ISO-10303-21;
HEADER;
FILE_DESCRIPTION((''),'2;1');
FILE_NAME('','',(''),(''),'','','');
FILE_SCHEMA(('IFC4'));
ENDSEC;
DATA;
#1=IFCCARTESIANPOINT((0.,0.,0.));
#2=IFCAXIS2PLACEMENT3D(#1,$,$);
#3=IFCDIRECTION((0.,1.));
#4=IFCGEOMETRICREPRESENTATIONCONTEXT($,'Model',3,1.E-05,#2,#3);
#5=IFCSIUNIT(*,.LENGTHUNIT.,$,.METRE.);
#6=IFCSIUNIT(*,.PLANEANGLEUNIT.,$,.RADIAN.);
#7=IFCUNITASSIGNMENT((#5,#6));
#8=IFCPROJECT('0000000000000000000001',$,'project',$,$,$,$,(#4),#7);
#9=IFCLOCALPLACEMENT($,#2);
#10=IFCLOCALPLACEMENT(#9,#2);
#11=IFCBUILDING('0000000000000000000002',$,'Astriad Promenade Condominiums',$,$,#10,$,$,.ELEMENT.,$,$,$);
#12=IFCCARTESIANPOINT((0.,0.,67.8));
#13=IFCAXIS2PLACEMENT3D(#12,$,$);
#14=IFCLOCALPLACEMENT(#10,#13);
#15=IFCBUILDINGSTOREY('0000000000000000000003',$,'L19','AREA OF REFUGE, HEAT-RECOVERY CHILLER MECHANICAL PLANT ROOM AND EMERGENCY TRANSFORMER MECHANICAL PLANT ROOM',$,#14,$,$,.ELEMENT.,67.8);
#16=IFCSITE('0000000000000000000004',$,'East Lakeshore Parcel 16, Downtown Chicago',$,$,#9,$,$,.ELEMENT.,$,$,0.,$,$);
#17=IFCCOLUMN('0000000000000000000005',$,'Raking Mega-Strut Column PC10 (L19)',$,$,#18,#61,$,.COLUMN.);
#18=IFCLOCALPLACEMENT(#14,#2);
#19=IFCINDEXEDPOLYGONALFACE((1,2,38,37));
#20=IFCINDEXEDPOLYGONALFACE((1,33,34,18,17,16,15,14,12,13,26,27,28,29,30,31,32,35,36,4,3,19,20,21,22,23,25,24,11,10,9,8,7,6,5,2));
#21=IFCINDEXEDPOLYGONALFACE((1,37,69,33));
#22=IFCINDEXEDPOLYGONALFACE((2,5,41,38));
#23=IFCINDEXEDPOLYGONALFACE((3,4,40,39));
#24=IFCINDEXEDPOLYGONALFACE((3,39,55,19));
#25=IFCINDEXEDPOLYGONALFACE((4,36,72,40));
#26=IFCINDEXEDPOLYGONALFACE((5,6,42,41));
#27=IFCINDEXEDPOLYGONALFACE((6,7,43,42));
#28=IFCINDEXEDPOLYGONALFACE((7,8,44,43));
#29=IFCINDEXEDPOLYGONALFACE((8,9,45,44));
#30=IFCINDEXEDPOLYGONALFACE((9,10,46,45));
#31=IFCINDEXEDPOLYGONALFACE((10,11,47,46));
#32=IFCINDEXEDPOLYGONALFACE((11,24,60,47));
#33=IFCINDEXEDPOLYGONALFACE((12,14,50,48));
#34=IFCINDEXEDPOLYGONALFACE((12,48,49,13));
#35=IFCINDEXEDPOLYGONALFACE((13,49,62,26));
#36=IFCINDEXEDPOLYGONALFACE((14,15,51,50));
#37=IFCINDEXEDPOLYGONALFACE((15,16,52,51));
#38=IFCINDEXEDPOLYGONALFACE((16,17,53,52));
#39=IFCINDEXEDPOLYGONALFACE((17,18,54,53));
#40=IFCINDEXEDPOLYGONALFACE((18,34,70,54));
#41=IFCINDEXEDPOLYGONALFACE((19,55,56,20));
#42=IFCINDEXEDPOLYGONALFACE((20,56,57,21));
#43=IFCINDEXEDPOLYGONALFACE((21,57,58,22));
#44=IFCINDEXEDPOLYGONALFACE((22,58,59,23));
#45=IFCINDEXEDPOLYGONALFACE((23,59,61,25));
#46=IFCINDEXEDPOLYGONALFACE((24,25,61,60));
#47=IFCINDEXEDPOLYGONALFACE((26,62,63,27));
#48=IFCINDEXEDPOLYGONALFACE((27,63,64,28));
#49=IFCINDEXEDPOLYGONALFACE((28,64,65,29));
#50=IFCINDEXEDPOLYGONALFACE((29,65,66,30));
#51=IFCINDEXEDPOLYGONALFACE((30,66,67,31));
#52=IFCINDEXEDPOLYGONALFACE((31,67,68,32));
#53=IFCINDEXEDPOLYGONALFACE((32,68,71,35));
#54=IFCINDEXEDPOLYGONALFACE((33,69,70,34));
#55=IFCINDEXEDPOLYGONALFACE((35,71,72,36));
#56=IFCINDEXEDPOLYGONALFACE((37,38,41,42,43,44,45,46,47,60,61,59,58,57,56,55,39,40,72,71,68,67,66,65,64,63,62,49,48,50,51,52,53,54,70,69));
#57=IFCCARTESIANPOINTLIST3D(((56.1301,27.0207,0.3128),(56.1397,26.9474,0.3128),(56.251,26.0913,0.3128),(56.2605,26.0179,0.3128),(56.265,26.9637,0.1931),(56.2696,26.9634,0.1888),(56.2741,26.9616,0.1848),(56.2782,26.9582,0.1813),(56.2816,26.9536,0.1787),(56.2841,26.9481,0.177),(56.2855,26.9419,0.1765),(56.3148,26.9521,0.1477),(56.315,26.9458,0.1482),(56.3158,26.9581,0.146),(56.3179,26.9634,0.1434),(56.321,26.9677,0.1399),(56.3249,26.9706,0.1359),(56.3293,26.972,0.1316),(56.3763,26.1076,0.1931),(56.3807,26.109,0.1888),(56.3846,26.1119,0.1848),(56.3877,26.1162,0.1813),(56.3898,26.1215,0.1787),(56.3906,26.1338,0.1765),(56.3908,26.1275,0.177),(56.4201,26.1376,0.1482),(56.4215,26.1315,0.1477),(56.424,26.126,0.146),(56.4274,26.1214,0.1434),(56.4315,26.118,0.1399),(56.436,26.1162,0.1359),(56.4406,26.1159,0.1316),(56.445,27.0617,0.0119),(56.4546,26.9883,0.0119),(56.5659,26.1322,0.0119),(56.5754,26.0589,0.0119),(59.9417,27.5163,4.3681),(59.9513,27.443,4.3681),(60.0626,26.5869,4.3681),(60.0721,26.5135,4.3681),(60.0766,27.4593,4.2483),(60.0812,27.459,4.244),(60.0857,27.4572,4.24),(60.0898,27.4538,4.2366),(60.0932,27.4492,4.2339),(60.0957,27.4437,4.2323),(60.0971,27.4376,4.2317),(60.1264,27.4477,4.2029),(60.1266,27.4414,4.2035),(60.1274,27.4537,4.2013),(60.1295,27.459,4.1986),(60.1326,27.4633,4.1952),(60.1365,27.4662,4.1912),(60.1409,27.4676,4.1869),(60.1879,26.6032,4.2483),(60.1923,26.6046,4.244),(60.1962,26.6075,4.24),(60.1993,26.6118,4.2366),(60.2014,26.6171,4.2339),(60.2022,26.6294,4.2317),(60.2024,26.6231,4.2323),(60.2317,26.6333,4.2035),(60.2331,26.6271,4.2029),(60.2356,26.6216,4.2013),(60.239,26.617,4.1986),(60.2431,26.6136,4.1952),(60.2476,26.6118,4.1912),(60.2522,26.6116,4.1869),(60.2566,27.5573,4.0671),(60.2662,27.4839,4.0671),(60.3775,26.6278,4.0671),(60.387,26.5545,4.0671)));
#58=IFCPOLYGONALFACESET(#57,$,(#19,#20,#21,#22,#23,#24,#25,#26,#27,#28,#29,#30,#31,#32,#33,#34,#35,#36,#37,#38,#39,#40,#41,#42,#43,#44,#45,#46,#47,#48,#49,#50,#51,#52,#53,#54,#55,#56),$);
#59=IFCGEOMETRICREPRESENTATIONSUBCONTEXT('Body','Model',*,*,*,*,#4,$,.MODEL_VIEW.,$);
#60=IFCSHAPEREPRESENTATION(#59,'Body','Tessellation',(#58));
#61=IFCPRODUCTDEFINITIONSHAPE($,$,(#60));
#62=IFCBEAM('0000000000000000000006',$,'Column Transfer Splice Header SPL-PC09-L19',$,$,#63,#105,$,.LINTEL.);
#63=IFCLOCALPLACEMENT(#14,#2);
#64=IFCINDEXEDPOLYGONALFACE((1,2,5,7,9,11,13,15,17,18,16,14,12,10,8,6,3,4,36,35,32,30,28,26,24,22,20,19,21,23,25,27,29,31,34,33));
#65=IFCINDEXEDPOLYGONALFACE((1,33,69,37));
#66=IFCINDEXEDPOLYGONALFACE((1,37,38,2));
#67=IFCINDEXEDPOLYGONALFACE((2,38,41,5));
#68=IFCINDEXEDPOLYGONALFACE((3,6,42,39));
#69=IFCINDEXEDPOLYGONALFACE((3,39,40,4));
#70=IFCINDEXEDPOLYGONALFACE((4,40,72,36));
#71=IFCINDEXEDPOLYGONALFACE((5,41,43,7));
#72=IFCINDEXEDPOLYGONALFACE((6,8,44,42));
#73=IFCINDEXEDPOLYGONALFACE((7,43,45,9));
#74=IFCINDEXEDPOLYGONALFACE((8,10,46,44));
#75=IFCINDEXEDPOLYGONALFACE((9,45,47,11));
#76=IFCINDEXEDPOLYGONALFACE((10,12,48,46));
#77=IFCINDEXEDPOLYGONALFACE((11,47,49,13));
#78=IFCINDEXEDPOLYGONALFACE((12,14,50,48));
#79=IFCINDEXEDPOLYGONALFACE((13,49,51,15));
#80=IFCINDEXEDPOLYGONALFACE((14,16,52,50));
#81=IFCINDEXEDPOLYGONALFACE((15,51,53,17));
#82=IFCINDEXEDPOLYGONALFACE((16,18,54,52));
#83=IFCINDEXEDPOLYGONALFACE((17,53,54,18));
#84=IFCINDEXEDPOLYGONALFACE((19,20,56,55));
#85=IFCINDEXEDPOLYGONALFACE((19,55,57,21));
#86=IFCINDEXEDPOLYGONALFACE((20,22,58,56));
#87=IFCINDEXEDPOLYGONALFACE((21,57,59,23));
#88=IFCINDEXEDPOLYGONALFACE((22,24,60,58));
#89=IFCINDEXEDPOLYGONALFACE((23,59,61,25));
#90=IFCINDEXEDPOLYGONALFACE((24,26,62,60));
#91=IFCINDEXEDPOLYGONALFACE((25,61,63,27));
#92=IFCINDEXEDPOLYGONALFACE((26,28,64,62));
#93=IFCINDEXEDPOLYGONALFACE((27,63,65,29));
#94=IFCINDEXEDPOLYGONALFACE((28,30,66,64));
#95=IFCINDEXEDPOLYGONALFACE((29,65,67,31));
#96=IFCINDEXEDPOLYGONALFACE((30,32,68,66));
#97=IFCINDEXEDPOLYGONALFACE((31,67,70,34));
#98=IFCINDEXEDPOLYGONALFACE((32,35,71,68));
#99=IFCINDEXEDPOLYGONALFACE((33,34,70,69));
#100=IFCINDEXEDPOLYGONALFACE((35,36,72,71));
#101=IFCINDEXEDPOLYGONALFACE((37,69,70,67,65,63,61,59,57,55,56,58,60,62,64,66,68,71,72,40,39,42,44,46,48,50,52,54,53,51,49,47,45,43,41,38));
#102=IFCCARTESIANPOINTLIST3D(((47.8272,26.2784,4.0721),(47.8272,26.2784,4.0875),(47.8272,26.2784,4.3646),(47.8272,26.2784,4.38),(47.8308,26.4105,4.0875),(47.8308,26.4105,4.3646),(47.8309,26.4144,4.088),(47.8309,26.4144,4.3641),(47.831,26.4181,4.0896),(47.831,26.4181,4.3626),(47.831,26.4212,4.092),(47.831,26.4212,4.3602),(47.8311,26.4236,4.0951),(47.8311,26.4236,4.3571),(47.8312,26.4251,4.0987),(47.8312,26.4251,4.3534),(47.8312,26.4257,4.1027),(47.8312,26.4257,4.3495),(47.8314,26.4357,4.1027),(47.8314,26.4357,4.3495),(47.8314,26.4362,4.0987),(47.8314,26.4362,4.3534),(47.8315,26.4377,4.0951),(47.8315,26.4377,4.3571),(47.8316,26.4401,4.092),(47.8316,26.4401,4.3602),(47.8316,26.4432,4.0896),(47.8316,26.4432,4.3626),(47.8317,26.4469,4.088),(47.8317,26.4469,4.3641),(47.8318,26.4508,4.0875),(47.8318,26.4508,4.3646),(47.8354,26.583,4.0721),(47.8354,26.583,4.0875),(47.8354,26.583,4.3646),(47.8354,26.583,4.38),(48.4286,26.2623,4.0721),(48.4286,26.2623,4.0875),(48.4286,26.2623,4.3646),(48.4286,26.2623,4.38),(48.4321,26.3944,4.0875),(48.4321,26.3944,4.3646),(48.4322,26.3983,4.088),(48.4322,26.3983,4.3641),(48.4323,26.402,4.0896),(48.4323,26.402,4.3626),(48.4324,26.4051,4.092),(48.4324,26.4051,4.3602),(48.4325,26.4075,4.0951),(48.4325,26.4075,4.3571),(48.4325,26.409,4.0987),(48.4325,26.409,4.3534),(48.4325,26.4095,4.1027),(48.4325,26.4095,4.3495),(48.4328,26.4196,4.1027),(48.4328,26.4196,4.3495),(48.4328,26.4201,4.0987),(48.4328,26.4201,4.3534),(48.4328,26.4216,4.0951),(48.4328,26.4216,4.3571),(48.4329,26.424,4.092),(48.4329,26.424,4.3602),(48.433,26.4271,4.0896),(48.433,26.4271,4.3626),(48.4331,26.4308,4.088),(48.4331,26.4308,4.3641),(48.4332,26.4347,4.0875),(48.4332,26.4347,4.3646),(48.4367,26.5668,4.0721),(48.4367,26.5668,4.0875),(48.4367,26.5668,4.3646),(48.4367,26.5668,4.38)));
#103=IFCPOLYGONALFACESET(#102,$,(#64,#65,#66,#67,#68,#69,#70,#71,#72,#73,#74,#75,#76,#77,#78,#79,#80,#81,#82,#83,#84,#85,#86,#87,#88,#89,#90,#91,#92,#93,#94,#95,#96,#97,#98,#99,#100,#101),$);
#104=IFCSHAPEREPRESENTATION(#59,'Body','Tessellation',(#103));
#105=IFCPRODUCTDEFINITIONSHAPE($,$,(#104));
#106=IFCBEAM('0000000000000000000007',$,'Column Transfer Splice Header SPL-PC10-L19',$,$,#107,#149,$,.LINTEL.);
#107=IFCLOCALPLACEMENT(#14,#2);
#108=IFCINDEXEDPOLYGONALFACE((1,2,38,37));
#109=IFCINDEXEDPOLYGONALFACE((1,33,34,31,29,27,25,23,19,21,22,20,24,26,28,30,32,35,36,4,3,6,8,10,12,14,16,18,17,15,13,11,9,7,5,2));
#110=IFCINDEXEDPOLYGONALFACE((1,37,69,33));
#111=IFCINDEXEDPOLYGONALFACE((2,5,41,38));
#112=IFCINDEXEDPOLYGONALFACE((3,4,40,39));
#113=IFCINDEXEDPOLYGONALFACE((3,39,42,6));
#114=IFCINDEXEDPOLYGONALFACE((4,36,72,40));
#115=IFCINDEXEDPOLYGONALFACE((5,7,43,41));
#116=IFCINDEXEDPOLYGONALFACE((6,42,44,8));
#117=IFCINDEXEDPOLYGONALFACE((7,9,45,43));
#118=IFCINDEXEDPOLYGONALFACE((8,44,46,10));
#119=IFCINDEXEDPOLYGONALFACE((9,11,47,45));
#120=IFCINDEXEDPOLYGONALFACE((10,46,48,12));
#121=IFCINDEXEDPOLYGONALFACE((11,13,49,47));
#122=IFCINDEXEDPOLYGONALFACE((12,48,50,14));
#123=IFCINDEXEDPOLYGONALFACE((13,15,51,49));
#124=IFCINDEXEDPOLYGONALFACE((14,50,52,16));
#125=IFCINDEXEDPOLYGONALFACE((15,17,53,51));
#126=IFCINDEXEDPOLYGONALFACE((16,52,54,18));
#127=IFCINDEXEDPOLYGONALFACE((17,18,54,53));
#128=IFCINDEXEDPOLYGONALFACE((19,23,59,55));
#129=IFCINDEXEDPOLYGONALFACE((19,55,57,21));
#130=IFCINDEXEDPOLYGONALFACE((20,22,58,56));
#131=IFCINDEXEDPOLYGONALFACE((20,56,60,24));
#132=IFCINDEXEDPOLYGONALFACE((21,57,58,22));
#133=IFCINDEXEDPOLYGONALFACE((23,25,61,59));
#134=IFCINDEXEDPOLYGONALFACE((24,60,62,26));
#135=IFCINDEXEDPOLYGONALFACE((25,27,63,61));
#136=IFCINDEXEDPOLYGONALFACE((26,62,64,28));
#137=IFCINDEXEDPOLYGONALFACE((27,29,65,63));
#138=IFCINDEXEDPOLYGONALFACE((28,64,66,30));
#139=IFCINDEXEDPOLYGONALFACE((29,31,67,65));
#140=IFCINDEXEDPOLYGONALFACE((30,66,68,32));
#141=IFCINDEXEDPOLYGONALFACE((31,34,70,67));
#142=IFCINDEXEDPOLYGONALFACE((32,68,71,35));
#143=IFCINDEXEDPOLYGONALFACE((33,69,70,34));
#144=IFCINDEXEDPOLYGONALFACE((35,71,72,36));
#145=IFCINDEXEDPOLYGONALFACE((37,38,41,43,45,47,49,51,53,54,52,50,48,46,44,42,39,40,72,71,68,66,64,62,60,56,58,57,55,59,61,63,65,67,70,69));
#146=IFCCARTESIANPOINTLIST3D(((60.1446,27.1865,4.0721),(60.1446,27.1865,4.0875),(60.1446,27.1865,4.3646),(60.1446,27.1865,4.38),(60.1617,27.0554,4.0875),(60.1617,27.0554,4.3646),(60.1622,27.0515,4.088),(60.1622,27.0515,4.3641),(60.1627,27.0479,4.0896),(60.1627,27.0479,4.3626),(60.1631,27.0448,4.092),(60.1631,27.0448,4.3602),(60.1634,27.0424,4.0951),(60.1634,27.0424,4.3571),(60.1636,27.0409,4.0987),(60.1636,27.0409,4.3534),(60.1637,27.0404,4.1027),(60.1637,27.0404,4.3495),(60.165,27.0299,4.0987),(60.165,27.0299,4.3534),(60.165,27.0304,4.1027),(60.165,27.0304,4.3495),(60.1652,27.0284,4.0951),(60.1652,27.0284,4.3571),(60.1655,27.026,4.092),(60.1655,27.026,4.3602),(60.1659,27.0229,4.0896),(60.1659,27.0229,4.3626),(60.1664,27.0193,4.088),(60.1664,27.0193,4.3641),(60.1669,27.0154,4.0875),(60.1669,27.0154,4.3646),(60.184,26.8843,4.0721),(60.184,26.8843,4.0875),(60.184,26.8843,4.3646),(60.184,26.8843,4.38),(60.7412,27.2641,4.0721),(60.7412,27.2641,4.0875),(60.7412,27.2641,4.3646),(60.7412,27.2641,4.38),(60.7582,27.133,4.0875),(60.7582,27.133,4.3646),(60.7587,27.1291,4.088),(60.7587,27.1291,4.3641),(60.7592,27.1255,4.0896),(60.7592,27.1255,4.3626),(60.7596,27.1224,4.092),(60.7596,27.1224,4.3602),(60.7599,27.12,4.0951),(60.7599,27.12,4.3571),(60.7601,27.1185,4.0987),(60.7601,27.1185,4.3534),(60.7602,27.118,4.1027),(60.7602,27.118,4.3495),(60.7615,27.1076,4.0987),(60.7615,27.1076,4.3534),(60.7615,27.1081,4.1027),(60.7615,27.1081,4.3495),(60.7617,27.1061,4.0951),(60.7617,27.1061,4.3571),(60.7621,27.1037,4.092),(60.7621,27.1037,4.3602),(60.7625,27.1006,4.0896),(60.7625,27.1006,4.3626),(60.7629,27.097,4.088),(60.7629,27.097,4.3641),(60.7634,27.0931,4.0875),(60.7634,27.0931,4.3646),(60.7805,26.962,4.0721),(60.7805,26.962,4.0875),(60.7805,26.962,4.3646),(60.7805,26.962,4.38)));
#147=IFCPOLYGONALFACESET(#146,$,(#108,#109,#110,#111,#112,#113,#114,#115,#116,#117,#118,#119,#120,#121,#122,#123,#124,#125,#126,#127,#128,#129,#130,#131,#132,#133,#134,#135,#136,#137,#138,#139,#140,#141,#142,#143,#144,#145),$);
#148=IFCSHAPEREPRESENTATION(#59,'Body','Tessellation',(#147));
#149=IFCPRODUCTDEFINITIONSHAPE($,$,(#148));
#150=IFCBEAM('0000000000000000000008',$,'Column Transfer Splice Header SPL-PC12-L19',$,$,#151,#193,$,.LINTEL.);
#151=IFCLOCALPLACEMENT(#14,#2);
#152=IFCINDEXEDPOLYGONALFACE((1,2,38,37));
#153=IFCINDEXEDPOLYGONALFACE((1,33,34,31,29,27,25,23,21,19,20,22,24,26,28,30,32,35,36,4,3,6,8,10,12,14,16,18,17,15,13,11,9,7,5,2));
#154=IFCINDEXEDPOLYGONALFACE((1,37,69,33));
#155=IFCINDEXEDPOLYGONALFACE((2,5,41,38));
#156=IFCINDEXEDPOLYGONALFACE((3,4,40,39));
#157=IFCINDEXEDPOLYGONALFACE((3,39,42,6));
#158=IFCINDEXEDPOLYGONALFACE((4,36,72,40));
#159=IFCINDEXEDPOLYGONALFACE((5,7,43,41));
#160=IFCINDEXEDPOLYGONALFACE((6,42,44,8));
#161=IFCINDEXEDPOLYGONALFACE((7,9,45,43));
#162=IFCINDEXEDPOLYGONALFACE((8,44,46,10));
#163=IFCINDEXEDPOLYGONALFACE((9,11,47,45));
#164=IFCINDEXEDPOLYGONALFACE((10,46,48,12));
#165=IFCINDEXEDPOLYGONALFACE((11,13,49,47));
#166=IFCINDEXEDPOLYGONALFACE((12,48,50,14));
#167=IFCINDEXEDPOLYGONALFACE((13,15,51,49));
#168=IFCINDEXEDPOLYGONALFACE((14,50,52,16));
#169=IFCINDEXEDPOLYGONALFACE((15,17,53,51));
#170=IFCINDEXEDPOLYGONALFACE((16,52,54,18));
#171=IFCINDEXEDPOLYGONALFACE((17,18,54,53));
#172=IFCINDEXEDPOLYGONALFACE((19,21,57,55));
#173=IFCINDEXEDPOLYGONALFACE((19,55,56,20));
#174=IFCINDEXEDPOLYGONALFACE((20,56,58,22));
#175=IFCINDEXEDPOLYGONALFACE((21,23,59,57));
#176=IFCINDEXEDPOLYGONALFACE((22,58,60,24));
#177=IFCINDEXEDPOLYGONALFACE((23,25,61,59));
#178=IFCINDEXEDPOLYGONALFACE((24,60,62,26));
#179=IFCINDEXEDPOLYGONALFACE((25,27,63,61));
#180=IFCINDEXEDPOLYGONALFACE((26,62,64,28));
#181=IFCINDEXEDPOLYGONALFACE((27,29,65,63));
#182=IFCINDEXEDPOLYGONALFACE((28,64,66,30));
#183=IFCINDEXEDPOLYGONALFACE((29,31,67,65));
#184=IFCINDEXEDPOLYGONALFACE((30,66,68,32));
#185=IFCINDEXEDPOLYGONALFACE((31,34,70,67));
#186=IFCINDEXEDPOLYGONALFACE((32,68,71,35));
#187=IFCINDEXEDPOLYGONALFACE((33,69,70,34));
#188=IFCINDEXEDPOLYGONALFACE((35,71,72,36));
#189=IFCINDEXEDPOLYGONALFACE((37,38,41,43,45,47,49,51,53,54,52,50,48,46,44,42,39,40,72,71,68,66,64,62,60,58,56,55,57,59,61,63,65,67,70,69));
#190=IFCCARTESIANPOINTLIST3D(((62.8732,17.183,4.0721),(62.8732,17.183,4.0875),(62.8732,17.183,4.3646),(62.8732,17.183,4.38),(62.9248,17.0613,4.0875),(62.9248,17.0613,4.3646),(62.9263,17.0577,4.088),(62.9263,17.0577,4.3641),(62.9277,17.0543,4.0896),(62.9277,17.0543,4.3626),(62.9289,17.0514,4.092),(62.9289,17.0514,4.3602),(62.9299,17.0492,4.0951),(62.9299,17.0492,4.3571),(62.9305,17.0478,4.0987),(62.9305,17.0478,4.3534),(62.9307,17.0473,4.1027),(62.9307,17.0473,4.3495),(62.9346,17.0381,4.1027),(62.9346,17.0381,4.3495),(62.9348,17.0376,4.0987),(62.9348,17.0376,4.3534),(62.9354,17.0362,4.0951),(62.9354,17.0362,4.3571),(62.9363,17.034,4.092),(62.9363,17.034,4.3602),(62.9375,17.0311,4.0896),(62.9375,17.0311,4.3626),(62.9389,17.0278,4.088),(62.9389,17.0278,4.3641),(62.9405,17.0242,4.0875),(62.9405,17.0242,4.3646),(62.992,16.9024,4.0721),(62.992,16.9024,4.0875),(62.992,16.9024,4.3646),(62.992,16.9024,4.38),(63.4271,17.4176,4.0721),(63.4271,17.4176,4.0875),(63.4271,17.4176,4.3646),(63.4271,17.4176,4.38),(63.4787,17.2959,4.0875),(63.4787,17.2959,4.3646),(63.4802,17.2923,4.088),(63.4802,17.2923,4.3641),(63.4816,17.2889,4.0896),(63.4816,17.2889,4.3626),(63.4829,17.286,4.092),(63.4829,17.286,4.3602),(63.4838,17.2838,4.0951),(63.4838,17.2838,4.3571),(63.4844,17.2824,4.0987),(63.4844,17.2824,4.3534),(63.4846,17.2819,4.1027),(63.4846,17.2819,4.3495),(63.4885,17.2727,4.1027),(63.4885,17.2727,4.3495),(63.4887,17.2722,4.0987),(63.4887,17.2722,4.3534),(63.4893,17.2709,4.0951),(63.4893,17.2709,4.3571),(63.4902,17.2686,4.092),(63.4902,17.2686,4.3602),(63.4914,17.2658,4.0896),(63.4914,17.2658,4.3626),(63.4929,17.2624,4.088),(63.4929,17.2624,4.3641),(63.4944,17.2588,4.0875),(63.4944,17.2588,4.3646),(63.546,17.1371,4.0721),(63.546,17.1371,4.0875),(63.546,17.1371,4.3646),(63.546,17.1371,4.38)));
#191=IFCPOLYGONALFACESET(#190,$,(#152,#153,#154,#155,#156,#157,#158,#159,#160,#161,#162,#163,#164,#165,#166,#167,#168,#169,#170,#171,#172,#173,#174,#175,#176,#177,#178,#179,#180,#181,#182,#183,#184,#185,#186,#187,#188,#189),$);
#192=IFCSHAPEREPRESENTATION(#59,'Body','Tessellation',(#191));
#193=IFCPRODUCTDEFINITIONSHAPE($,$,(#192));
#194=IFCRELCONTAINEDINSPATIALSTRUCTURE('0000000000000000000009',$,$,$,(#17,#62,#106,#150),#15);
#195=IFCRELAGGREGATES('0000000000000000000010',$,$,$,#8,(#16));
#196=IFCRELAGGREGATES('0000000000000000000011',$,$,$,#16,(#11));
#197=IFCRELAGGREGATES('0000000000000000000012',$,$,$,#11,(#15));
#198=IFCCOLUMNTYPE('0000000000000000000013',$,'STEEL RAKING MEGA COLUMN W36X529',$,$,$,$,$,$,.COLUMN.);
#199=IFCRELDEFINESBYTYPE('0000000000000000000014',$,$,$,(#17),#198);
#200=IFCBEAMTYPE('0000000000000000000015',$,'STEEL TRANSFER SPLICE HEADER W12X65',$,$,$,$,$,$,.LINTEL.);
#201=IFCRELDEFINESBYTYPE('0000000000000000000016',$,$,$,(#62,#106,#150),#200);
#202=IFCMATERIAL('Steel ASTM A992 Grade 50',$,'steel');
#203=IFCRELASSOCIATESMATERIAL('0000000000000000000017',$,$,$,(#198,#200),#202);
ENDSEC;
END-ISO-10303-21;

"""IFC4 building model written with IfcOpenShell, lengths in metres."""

from ifc_helpers import new_model, si_unit, direction, frame, origin, origin_2d, place, context, subcontext, project, spatial, i_section, extrude, source, transform, mapped, material, material_profile, profile_set, type_object, type_shapes, element, save


model = new_model("IFC4")

# Units and contexts
model_context = context("Model", 3, precision=1e-05, world=origin(), true_north=direction((0.0, 1.0)))
body_context = subcontext(model_context, "Body", "Model", "MODEL_VIEW")
ifc_project = project(units=[si_unit("LENGTHUNIT", "METRE"), si_unit("PLANEANGLEUNIT", "RADIAN")], contexts=[model_context])

# Site, building, storey
site_placement = place(None, origin())
site = spatial("IfcSite", under=ifc_project, at=site_placement, Name="East Lakeshore Parcel 16, Downtown Chicago", CompositionType="ELEMENT", RefElevation=0.0)
building_placement = place(site_placement, origin())
building = spatial("IfcBuilding", under=site, at=building_placement, Name="Astriad Promenade Condominiums", CompositionType="ELEMENT")
storey_placement = place(building_placement, frame((0.0, 0.0, 67.8)))
storey = spatial("IfcBuildingStorey", under=building, at=storey_placement, Name="L19", Description="AREA OF REFUGE, HEAT-RECOVERY CHILLER MECHANICAL PLANT ROOM AND EMERGENCY TRANSFORMER MECHANICAL PLANT ROOM", CompositionType="ELEMENT", Elevation=67.8)

# Column
ifc_material_1 = material(Name="Steel ASTM A992 Grade 50", Category="steel")
ifc_material_profile_1 = material_profile(ifc_material_1, i_section(OverallWidth=0.4375, OverallDepth=1.0112, WebThickness=0.041, FlangeThickness=0.074, FilletRadius=0.0242, at=origin_2d()), Name="W36X529")
ifc_profile_set_1 = profile_set([ifc_material_profile_1], Name="Steel ASTM A992 Grade 50")
column_type = type_object("IfcColumnType", Name="STEEL RAKING MEGA COLUMN W36X529", PredefinedType="COLUMN", material=ifc_profile_set_1)
shared_shape_1 = source(origin(), body_context, "Body", "SweptSolid", [
    extrude(i_section(OverallWidth=0.4375, OverallDepth=1.0112, WebThickness=0.041, FlangeThickness=0.074, FilletRadius=0.0242, at=origin_2d()), origin(), (0.0, 0.0, 1.0), 5.5874),
])
type_shapes(column_type, [shared_shape_1])
column_placement = place(storey_placement, frame((56.3528, 26.5398, 0.1624), z_axis=(0.682178, 0.088702, 0.725786), x_axis=(-0.719727, -0.093585, 0.68792)))
element("IfcColumn", 1, at=column_placement, inside=storey, type_object=column_type, Name="Raking Mega-Strut Column PC10 (L19)", PredefinedType="COLUMN", context=body_context, shape_type="MappedRepresentation", body=[
    mapped(shared_shape_1, transform((0.0, 0.0, 0.0), scale=1.0)),
])

# Beams
ifc_material_profile_2 = material_profile(ifc_material_1, i_section(OverallWidth=0.3047, OverallDepth=0.3079, WebThickness=0.01, FlangeThickness=0.0154, FilletRadius=0.0151, at=origin_2d()), Name="W12X65")
ifc_profile_set_2 = profile_set([ifc_material_profile_2], Name="Steel ASTM A992 Grade 50")
beam_type_1 = type_object("IfcBeamType", Name="STEEL TRANSFER SPLICE HEADER W12X65", PredefinedType="LINTEL", material=ifc_profile_set_2)
shared_shape_2 = source(origin(), body_context, "Body", "SweptSolid", [
    extrude(i_section(OverallWidth=0.3047, OverallDepth=0.3079, WebThickness=0.01, FlangeThickness=0.0154, FilletRadius=0.0151, at=origin_2d()), origin(), (0.0, 0.0, 1.0), 0.6016),
])
type_shapes(beam_type_1, [shared_shape_2])
for number, where, z_axis, x_axis, name in (
    (2, (47.8313, 26.4307, 4.2261), (0.999641, -0.026787, 0.0), (0.026787, 0.999641, 0.0), "Column Transfer Splice Header SPL-PC09-L19"),
    (3, (60.1643, 27.0354, 4.2261), (0.991634, 0.129079, 0.0), (-0.129079, 0.991634, 0.0), "Column Transfer Splice Header SPL-PC10-L19"),
    (4, (62.9326, 17.0427, 4.2261), (0.920816, 0.389997, 0.0), (-0.389997, 0.920816, 0.0), "Column Transfer Splice Header SPL-PC12-L19"),
):
    element("IfcBeam", number, at=place(storey_placement, frame(where, z_axis=z_axis, x_axis=x_axis)), inside=storey, type_object=beam_type_1, Name=name, PredefinedType="LINTEL", context=body_context, shape_type="MappedRepresentation", body=[
        mapped(shared_shape_2, transform((0.0, 0.0, 0.0), scale=1.0)),
    ])

save(model, "model.ifc")
